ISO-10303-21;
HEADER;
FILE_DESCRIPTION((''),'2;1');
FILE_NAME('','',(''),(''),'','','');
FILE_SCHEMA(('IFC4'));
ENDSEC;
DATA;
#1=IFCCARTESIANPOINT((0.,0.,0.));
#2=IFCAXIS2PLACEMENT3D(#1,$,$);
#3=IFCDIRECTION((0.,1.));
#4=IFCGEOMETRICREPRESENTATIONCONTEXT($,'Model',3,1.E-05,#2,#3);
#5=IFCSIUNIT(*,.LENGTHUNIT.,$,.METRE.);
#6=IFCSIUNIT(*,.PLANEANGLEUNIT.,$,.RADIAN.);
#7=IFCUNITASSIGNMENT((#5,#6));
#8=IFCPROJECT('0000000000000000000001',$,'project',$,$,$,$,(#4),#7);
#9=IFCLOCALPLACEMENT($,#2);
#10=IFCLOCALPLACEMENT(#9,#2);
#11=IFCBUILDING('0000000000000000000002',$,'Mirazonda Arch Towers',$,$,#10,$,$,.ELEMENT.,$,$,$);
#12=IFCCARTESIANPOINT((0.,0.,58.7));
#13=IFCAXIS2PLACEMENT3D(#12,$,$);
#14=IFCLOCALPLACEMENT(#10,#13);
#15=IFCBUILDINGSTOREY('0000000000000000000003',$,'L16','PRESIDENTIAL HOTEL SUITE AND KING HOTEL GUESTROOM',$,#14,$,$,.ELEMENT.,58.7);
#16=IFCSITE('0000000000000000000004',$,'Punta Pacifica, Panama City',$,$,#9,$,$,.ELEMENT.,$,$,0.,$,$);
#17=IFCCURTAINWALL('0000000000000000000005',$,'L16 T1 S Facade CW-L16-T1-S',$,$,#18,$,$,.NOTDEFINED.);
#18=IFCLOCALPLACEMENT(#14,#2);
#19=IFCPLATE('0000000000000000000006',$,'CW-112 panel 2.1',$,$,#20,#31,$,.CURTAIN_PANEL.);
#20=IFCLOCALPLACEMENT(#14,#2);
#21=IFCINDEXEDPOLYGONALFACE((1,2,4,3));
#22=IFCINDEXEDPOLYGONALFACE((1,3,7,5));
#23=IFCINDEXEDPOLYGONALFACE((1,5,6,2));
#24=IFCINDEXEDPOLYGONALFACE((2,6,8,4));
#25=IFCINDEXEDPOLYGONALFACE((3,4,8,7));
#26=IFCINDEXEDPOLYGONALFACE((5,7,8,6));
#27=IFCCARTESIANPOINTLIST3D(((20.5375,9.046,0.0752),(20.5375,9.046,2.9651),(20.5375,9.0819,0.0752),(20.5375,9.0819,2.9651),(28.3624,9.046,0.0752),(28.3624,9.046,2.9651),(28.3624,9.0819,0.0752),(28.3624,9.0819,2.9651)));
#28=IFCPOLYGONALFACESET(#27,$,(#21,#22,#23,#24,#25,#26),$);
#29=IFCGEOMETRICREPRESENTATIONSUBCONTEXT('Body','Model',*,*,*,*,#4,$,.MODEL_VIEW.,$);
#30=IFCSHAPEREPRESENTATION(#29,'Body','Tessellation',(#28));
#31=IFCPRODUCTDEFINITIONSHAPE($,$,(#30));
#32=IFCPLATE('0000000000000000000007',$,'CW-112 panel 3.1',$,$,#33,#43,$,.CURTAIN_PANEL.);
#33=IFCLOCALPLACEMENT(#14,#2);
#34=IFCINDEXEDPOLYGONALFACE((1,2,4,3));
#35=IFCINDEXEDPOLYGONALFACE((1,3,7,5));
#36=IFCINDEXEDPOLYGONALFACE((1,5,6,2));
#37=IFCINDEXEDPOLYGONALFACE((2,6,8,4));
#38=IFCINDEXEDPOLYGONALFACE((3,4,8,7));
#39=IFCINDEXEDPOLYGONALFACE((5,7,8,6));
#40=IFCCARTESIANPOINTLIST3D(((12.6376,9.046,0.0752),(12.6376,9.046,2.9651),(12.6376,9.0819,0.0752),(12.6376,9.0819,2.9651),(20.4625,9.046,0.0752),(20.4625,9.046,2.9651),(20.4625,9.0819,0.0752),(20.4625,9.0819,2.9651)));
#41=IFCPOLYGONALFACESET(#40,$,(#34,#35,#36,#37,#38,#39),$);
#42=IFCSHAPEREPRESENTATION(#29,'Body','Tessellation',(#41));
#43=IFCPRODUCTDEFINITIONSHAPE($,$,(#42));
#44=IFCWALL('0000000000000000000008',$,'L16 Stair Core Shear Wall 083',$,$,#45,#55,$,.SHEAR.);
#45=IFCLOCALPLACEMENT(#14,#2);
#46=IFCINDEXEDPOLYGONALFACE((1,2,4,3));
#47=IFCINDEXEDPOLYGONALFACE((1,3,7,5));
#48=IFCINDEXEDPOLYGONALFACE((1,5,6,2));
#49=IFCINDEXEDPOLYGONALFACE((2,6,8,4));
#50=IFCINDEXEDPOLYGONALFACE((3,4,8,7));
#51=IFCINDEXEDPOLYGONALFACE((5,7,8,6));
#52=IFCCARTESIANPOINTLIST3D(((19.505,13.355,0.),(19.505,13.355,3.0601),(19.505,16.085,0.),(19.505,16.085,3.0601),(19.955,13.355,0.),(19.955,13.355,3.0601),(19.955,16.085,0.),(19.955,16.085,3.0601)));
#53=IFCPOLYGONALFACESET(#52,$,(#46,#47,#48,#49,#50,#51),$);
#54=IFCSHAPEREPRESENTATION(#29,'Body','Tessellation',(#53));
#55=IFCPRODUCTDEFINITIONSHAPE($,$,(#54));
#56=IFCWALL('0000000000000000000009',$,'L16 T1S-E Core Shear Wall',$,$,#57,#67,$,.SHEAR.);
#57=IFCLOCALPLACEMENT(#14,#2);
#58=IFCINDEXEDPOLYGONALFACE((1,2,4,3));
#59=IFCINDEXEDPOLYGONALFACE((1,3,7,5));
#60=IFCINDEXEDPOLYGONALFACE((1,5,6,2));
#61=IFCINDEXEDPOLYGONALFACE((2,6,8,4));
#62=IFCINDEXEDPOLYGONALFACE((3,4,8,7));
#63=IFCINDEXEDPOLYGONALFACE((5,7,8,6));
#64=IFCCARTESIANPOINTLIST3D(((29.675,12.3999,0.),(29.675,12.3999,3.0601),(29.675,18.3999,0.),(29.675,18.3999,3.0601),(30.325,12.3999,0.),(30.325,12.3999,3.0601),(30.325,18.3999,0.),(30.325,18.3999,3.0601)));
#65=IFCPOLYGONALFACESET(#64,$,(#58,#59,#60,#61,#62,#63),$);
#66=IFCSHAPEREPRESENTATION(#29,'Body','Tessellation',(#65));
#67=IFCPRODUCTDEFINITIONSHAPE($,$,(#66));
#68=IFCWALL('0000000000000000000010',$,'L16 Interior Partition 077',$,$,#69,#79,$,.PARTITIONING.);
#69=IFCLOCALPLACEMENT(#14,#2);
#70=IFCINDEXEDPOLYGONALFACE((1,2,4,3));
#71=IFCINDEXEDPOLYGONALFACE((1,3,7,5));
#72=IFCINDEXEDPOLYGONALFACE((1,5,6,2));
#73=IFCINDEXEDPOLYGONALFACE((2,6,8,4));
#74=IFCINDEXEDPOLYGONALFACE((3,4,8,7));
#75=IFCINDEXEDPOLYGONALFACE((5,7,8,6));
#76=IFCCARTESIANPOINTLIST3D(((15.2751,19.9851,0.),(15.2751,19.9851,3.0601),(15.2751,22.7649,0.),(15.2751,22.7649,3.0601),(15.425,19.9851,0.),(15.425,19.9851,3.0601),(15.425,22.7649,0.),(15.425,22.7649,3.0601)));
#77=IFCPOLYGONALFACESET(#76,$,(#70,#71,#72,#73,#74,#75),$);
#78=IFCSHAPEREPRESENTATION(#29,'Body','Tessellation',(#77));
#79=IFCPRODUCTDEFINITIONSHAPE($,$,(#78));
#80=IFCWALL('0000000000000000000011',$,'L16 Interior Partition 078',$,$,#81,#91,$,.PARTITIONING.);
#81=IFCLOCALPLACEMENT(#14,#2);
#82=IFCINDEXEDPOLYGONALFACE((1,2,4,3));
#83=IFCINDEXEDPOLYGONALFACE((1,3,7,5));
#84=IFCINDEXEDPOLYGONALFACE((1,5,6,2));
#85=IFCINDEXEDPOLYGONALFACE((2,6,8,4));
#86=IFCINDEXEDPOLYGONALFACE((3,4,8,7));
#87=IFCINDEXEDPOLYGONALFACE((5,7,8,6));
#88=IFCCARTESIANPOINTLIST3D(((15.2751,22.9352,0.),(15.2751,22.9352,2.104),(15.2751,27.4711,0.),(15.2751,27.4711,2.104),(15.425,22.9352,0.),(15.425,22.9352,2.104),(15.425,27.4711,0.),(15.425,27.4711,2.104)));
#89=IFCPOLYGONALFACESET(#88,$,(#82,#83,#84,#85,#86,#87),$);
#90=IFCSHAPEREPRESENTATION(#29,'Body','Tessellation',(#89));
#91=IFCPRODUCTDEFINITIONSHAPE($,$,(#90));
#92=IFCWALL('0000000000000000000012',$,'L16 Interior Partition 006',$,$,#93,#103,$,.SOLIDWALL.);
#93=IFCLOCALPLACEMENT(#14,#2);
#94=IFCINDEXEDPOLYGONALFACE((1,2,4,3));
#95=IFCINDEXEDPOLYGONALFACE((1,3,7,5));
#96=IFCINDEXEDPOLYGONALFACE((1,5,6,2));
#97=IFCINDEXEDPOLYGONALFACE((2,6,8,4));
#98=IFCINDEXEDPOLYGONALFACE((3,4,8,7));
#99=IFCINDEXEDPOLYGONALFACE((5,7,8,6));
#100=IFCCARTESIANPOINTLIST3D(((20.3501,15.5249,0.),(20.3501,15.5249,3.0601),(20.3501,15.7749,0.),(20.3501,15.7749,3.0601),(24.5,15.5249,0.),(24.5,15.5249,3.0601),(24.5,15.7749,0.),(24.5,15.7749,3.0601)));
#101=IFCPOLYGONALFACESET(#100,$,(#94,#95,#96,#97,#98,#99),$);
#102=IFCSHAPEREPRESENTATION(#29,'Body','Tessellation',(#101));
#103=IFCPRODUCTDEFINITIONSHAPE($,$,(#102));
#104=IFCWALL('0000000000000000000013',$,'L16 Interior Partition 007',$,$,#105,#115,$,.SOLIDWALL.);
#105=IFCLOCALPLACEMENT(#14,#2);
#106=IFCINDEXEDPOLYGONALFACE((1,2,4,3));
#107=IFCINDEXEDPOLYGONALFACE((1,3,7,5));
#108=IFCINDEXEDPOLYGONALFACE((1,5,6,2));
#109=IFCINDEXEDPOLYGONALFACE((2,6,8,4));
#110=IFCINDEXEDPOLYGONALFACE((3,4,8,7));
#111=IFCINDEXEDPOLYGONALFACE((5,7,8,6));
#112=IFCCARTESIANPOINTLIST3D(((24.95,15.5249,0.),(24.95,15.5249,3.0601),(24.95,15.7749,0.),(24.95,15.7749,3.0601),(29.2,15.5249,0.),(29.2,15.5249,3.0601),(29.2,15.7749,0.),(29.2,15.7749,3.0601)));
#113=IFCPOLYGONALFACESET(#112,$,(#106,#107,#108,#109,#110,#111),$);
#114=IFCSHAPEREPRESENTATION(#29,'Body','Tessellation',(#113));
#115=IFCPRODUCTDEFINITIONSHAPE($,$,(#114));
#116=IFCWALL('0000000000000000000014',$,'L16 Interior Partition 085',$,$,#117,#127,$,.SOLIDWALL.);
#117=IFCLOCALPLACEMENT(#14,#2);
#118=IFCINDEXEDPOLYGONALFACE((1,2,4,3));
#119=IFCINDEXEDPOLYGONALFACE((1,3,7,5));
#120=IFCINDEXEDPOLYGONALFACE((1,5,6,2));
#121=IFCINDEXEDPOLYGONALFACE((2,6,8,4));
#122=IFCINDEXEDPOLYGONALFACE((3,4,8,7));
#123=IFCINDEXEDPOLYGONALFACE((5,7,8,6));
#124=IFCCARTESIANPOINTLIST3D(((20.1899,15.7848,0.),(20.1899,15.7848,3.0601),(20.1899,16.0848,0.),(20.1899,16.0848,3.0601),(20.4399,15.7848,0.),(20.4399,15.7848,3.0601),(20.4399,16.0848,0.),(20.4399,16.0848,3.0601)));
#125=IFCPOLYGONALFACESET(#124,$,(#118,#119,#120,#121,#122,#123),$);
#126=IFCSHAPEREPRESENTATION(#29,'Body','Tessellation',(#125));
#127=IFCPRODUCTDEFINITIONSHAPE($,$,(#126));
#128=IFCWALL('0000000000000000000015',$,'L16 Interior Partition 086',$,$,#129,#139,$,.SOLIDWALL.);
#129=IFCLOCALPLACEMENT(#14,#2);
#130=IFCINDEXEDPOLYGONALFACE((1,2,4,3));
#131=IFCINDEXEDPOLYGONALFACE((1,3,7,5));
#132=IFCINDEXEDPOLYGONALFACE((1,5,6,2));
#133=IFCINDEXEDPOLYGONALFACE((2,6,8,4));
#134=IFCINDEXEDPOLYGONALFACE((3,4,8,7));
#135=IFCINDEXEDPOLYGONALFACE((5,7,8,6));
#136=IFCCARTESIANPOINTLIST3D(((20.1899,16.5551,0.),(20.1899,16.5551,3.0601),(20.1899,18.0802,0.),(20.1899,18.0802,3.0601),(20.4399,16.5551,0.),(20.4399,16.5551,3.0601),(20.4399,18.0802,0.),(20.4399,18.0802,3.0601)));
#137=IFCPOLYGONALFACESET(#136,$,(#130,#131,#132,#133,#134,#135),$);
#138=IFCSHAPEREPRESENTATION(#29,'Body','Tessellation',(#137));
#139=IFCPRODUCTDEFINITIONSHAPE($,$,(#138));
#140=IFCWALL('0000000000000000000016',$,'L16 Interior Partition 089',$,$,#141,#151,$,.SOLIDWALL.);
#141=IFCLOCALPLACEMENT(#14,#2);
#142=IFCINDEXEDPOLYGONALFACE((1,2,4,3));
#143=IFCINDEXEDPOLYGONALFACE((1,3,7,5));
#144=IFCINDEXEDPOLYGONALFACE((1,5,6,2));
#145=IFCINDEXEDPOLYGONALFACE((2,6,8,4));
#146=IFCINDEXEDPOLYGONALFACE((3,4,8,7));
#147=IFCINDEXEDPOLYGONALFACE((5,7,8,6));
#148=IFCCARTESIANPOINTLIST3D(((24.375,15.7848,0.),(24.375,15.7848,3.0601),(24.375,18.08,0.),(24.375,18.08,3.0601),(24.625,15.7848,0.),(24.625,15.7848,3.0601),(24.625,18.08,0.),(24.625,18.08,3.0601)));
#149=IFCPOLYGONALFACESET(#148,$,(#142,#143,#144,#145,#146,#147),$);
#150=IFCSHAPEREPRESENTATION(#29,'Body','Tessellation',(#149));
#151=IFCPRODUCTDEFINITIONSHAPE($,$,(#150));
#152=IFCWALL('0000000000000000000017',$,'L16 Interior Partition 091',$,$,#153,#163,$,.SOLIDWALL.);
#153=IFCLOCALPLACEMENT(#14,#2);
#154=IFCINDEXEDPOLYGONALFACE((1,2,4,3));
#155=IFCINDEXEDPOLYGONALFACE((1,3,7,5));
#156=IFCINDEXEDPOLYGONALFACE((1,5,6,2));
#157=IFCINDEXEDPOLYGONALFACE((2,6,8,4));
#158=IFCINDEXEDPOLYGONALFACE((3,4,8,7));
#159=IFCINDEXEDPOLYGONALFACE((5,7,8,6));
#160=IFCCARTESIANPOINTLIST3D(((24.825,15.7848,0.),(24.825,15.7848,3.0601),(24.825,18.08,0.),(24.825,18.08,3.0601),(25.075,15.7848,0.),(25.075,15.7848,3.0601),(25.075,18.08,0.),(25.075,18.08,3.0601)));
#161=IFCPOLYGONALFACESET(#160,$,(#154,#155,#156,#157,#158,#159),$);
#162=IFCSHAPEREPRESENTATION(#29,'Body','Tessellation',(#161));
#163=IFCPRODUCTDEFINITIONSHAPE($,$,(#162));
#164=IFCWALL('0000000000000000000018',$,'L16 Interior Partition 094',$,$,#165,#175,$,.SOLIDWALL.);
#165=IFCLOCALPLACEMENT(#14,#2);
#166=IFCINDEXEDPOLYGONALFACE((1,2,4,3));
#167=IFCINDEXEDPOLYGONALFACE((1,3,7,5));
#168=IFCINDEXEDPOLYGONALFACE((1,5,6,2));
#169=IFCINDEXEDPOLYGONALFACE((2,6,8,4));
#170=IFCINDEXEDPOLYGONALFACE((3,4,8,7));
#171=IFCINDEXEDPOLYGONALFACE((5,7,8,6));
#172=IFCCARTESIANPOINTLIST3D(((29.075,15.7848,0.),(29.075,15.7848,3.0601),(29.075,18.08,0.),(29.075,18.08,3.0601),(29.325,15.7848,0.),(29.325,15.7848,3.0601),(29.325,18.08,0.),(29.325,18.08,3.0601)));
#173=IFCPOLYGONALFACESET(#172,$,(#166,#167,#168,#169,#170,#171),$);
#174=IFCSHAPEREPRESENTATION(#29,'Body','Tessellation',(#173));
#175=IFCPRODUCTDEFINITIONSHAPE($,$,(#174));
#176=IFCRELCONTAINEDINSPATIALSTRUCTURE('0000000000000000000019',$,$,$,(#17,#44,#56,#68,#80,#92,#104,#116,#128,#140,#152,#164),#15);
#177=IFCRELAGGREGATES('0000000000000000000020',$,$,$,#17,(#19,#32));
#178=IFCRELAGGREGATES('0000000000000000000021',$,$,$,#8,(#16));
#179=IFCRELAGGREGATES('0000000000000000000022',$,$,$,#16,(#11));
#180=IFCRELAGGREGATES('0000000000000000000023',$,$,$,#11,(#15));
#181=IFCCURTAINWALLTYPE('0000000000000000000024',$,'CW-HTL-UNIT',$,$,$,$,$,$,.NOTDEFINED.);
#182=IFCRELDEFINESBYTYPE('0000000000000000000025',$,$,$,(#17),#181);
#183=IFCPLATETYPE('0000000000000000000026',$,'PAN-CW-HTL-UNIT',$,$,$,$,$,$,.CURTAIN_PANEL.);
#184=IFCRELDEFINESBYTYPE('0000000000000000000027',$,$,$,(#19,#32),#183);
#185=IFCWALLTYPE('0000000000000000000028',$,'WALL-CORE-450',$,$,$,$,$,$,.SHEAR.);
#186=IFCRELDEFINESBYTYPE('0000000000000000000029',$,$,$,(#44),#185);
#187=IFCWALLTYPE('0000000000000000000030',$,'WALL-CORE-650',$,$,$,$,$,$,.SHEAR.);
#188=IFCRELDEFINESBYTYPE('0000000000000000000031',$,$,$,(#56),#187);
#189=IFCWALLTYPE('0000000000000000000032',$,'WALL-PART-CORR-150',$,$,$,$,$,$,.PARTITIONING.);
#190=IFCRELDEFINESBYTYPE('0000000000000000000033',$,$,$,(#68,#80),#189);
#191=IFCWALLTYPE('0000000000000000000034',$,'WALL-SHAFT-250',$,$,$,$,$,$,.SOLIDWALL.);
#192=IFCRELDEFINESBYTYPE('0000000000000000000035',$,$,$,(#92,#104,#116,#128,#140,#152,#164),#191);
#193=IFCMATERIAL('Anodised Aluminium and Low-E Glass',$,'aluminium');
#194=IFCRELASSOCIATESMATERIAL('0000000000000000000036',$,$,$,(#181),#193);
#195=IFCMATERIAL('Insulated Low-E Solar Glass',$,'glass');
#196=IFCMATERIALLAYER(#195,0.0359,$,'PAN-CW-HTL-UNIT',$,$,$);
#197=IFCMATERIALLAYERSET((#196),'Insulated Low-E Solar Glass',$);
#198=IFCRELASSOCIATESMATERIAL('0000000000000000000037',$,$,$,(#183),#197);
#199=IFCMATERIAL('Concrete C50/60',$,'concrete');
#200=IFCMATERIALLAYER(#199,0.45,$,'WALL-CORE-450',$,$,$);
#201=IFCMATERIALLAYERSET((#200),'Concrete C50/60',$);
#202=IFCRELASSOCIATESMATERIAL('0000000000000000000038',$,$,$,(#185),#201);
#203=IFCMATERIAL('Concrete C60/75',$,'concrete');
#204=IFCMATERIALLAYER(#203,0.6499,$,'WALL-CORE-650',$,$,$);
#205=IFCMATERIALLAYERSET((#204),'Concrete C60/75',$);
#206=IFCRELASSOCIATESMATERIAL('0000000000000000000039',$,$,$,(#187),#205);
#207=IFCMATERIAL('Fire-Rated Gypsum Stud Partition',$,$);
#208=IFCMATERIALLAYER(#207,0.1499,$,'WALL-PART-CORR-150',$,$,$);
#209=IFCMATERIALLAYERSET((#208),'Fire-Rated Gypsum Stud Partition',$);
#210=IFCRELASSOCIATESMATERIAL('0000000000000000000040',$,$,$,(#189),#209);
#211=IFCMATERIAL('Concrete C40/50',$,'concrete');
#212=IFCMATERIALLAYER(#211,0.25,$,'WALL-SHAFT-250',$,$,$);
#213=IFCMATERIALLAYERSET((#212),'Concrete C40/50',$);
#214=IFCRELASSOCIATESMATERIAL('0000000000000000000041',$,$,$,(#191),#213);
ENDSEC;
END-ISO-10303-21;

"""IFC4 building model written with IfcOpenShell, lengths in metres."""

from ifc_helpers import new_model, si_unit, direction, frame, frame_2d, origin, origin_2d, place, context, subcontext, project, spatial, rectangle, extrude, material, layer, layer_set, type_object, element, aggregate, save


model = new_model("IFC4")

# Units and contexts
model_context = context("Model", 3, precision=1e-05, world=origin(), true_north=direction((0.0, 1.0)))
body_context = subcontext(model_context, "Body", "Model", "MODEL_VIEW")
ifc_project = project(units=[si_unit("LENGTHUNIT", "METRE"), si_unit("PLANEANGLEUNIT", "RADIAN")], contexts=[model_context])

# Site, building, storey
site_placement = place(None, origin())
site = spatial("IfcSite", under=ifc_project, at=site_placement, Name="Punta Pacifica, Panama City", CompositionType="ELEMENT", RefElevation=0.0)
building_placement = place(site_placement, origin())
building = spatial("IfcBuilding", under=site, at=building_placement, Name="Mirazonda Arch Towers", CompositionType="ELEMENT")
storey_placement = place(building_placement, frame((0.0, 0.0, 58.7)))
storey = spatial("IfcBuildingStorey", under=building, at=storey_placement, Name="L16", Description="PRESIDENTIAL HOTEL SUITE AND KING HOTEL GUESTROOM", CompositionType="ELEMENT", Elevation=58.7)

# Shared definitions
ifc_material_1 = material(Name="Concrete C60/75", Category="concrete")

# Curtain wall, plates
ifc_material_2 = material(Name="Anodised Aluminium and Low-E Glass", Category="aluminium")
curtain_wall_type = type_object("IfcCurtainWallType", Name="CW-HTL-UNIT", PredefinedType="NOTDEFINED", material=ifc_material_2)
curtain_wall_placement = place(storey_placement, origin())
curtain_wall = element("IfcCurtainWall", 1, at=curtain_wall_placement, inside=storey, type_object=curtain_wall_type, Name="L16 T1 S Facade CW-L16-T1-S", PredefinedType="NOTDEFINED")
ifc_material_3 = material(Name="Insulated Low-E Solar Glass", Category="glass")
ifc_layer_1 = layer(ifc_material_3, 0.0359, Name="PAN-CW-HTL-UNIT")
ifc_layer_set_1 = layer_set([ifc_layer_1], Name="Insulated Low-E Solar Glass")
plate_type = type_object("IfcPlateType", Name="PAN-CW-HTL-UNIT", PredefinedType="CURTAIN_PANEL", material=ifc_layer_set_1)
plate_1_placement = place(storey_placement, frame((24.45, 9.064, 0.0752), z_axis=(0.0, 0.0, 1.0), x_axis=(-1.0, 0.0, 0.0)))
plate_1 = element("IfcPlate", 2, at=plate_1_placement, type_object=plate_type, Name="CW-112 panel 2.1", PredefinedType="CURTAIN_PANEL", context=body_context, shape_type="SweptSolid", body=[
    extrude(rectangle(XDim=7.825, YDim=0.0359, at=origin_2d()), origin(), (0.0, 0.0, 1.0), 2.8899),
])
plate_2_placement = place(storey_placement, frame((16.55, 9.064, 0.0752), z_axis=(0.0, 0.0, 1.0), x_axis=(-1.0, 0.0, 0.0)))
plate_2 = element("IfcPlate", 3, at=plate_2_placement, type_object=plate_type, Name="CW-112 panel 3.1", PredefinedType="CURTAIN_PANEL", context=body_context, shape_type="SweptSolid", body=[
    extrude(rectangle(XDim=7.825, YDim=0.0359, at=origin_2d()), origin(), (0.0, 0.0, 1.0), 2.8899),
])
aggregate(curtain_wall, [plate_1, plate_2])

# Walls
ifc_material_4 = material(Name="Concrete C50/60", Category="concrete")
ifc_layer_2 = layer(ifc_material_4, 0.45, Name="WALL-CORE-450")
ifc_layer_set_2 = layer_set([ifc_layer_2], Name="Concrete C50/60")
wall_type_1 = type_object("IfcWallType", Name="WALL-CORE-450", PredefinedType="SHEAR", material=ifc_layer_set_2)
wall_1_placement = place(storey_placement, frame((19.73, 13.355, 0.0), z_axis=(0.0, 0.0, 1.0), x_axis=(0.0, 1.0, 0.0)))
element("IfcWall", 4, at=wall_1_placement, inside=storey, type_object=wall_type_1, Name="L16 Stair Core Shear Wall 083", PredefinedType="SHEAR", context=body_context, shape_type="SweptSolid", body=[
    extrude(rectangle(XDim=2.73, YDim=0.45, at=frame_2d((1.365, 0.0))), origin(), (0.0, 0.0, 1.0), 3.0601),
])
ifc_layer_3 = layer(ifc_material_1, 0.6499, Name="WALL-CORE-650")
ifc_layer_set_3 = layer_set([ifc_layer_3], Name="Concrete C60/75")
wall_type_2 = type_object("IfcWallType", Name="WALL-CORE-650", PredefinedType="SHEAR", material=ifc_layer_set_3)
wall_2_placement = place(storey_placement, frame((30.0, 12.3999, 0.0), z_axis=(0.0, 0.0, 1.0), x_axis=(0.0, 1.0, 0.0)))
element("IfcWall", 5, at=wall_2_placement, inside=storey, type_object=wall_type_2, Name="L16 T1S-E Core Shear Wall", PredefinedType="SHEAR", context=body_context, shape_type="SweptSolid", body=[
    extrude(rectangle(XDim=6.0, YDim=0.6499, at=frame_2d((3.0, 0.0))), origin(), (0.0, 0.0, 1.0), 3.0601),
])
ifc_material_5 = material(Name="Fire-Rated Gypsum Stud Partition")
ifc_layer_4 = layer(ifc_material_5, 0.1499, Name="WALL-PART-CORR-150")
ifc_layer_set_4 = layer_set([ifc_layer_4], Name="Fire-Rated Gypsum Stud Partition")
wall_type_3 = type_object("IfcWallType", Name="WALL-PART-CORR-150", PredefinedType="PARTITIONING", material=ifc_layer_set_4)
wall_3_placement = place(storey_placement, frame((15.3501, 19.9851, 0.0), z_axis=(0.0, 0.0, 1.0), x_axis=(0.0, 1.0, 0.0)))
element("IfcWall", 6, at=wall_3_placement, inside=storey, type_object=wall_type_3, Name="L16 Interior Partition 077", PredefinedType="PARTITIONING", context=body_context, shape_type="SweptSolid", body=[
    extrude(rectangle(XDim=2.7798, YDim=0.1499, at=frame_2d((1.3899, 0.0))), origin(), (0.0, 0.0, 1.0), 3.0601),
])
wall_4_placement = place(storey_placement, frame((15.3501, 22.9351, 0.0), z_axis=(0.0, 0.0, 1.0), x_axis=(0.0, 1.0, 0.0)))
element("IfcWall", 7, at=wall_4_placement, inside=storey, type_object=wall_type_3, Name="L16 Interior Partition 078", PredefinedType="PARTITIONING", context=body_context, shape_type="SweptSolid", body=[
    extrude(rectangle(XDim=4.5359, YDim=0.1499, at=frame_2d((2.2681, 0.0))), origin(), (0.0, 0.0, 1.0), 2.104),
])
ifc_material_6 = material(Name="Concrete C40/50", Category="concrete")
ifc_layer_5 = layer(ifc_material_6, 0.25, Name="WALL-SHAFT-250")
ifc_layer_set_5 = layer_set([ifc_layer_5], Name="Concrete C40/50")
wall_type_4 = type_object("IfcWallType", Name="WALL-SHAFT-250", PredefinedType="SOLIDWALL", material=ifc_layer_set_5)
wall_5_placement = place(storey_placement, frame((20.3501, 15.6499, 0.0), z_axis=(0.0, 0.0, 1.0), x_axis=(1.0, 0.0, 0.0)))
element("IfcWall", 8, at=wall_5_placement, inside=storey, type_object=wall_type_4, Name="L16 Interior Partition 006", PredefinedType="SOLIDWALL", context=body_context, shape_type="SweptSolid", body=[
    extrude(rectangle(XDim=4.1499, YDim=0.25, at=frame_2d((2.075, 0.0))), origin(), (0.0, 0.0, 1.0), 3.0601),
])
wall_6_placement = place(storey_placement, frame((24.95, 15.6499, 0.0), z_axis=(0.0, 0.0, 1.0), x_axis=(1.0, 0.0, 0.0)))
element("IfcWall", 9, at=wall_6_placement, inside=storey, type_object=wall_type_4, Name="L16 Interior Partition 007", PredefinedType="SOLIDWALL", context=body_context, shape_type="SweptSolid", body=[
    extrude(rectangle(XDim=4.25, YDim=0.25, at=frame_2d((2.125, 0.0))), origin(), (0.0, 0.0, 1.0), 3.0601),
])
wall_7_placement = place(storey_placement, frame((20.3149, 15.7849, 0.0), z_axis=(0.0, 0.0, 1.0), x_axis=(0.0, 1.0, 0.0)))
element("IfcWall", 10, at=wall_7_placement, inside=storey, type_object=wall_type_4, Name="L16 Interior Partition 085", PredefinedType="SOLIDWALL", context=body_context, shape_type="SweptSolid", body=[
    extrude(rectangle(XDim=0.3, YDim=0.25, at=frame_2d((0.1499, 0.0))), origin(), (0.0, 0.0, 1.0), 3.0601),
])
wall_8_placement = place(storey_placement, frame((20.3149, 16.5549, 0.0), z_axis=(0.0, 0.0, 1.0), x_axis=(0.0, 1.0, 0.0)))
element("IfcWall", 11, at=wall_8_placement, inside=storey, type_object=wall_type_4, Name="L16 Interior Partition 086", PredefinedType="SOLIDWALL", context=body_context, shape_type="SweptSolid", body=[
    extrude(rectangle(XDim=1.5251, YDim=0.25, at=frame_2d((0.7627, 0.0))), origin(), (0.0, 0.0, 1.0), 3.0601),
])
for number, where, z_axis, x_axis, name in (
    (12, (24.5, 15.7849, 0.0), (0.0, 0.0, 1.0), (0.0, 1.0, 0.0), "L16 Interior Partition 089"),
    (13, (24.95, 15.7849, 0.0), (0.0, 0.0, 1.0), (0.0, 1.0, 0.0), "L16 Interior Partition 091"),
    (14, (29.2, 15.7849, 0.0), (0.0, 0.0, 1.0), (0.0, 1.0, 0.0), "L16 Interior Partition 094"),
):
    element("IfcWall", number, at=place(storey_placement, frame(where, z_axis=z_axis, x_axis=x_axis)), inside=storey, type_object=wall_type_4, Name=name, PredefinedType="SOLIDWALL", context=body_context, shape_type="SweptSolid", body=[
        extrude(rectangle(XDim=2.2952, YDim=0.25, at=frame_2d((1.1475, 0.0))), origin(), (0.0, 0.0, 1.0), 3.0601),
    ])

save(model, "model.ifc")
